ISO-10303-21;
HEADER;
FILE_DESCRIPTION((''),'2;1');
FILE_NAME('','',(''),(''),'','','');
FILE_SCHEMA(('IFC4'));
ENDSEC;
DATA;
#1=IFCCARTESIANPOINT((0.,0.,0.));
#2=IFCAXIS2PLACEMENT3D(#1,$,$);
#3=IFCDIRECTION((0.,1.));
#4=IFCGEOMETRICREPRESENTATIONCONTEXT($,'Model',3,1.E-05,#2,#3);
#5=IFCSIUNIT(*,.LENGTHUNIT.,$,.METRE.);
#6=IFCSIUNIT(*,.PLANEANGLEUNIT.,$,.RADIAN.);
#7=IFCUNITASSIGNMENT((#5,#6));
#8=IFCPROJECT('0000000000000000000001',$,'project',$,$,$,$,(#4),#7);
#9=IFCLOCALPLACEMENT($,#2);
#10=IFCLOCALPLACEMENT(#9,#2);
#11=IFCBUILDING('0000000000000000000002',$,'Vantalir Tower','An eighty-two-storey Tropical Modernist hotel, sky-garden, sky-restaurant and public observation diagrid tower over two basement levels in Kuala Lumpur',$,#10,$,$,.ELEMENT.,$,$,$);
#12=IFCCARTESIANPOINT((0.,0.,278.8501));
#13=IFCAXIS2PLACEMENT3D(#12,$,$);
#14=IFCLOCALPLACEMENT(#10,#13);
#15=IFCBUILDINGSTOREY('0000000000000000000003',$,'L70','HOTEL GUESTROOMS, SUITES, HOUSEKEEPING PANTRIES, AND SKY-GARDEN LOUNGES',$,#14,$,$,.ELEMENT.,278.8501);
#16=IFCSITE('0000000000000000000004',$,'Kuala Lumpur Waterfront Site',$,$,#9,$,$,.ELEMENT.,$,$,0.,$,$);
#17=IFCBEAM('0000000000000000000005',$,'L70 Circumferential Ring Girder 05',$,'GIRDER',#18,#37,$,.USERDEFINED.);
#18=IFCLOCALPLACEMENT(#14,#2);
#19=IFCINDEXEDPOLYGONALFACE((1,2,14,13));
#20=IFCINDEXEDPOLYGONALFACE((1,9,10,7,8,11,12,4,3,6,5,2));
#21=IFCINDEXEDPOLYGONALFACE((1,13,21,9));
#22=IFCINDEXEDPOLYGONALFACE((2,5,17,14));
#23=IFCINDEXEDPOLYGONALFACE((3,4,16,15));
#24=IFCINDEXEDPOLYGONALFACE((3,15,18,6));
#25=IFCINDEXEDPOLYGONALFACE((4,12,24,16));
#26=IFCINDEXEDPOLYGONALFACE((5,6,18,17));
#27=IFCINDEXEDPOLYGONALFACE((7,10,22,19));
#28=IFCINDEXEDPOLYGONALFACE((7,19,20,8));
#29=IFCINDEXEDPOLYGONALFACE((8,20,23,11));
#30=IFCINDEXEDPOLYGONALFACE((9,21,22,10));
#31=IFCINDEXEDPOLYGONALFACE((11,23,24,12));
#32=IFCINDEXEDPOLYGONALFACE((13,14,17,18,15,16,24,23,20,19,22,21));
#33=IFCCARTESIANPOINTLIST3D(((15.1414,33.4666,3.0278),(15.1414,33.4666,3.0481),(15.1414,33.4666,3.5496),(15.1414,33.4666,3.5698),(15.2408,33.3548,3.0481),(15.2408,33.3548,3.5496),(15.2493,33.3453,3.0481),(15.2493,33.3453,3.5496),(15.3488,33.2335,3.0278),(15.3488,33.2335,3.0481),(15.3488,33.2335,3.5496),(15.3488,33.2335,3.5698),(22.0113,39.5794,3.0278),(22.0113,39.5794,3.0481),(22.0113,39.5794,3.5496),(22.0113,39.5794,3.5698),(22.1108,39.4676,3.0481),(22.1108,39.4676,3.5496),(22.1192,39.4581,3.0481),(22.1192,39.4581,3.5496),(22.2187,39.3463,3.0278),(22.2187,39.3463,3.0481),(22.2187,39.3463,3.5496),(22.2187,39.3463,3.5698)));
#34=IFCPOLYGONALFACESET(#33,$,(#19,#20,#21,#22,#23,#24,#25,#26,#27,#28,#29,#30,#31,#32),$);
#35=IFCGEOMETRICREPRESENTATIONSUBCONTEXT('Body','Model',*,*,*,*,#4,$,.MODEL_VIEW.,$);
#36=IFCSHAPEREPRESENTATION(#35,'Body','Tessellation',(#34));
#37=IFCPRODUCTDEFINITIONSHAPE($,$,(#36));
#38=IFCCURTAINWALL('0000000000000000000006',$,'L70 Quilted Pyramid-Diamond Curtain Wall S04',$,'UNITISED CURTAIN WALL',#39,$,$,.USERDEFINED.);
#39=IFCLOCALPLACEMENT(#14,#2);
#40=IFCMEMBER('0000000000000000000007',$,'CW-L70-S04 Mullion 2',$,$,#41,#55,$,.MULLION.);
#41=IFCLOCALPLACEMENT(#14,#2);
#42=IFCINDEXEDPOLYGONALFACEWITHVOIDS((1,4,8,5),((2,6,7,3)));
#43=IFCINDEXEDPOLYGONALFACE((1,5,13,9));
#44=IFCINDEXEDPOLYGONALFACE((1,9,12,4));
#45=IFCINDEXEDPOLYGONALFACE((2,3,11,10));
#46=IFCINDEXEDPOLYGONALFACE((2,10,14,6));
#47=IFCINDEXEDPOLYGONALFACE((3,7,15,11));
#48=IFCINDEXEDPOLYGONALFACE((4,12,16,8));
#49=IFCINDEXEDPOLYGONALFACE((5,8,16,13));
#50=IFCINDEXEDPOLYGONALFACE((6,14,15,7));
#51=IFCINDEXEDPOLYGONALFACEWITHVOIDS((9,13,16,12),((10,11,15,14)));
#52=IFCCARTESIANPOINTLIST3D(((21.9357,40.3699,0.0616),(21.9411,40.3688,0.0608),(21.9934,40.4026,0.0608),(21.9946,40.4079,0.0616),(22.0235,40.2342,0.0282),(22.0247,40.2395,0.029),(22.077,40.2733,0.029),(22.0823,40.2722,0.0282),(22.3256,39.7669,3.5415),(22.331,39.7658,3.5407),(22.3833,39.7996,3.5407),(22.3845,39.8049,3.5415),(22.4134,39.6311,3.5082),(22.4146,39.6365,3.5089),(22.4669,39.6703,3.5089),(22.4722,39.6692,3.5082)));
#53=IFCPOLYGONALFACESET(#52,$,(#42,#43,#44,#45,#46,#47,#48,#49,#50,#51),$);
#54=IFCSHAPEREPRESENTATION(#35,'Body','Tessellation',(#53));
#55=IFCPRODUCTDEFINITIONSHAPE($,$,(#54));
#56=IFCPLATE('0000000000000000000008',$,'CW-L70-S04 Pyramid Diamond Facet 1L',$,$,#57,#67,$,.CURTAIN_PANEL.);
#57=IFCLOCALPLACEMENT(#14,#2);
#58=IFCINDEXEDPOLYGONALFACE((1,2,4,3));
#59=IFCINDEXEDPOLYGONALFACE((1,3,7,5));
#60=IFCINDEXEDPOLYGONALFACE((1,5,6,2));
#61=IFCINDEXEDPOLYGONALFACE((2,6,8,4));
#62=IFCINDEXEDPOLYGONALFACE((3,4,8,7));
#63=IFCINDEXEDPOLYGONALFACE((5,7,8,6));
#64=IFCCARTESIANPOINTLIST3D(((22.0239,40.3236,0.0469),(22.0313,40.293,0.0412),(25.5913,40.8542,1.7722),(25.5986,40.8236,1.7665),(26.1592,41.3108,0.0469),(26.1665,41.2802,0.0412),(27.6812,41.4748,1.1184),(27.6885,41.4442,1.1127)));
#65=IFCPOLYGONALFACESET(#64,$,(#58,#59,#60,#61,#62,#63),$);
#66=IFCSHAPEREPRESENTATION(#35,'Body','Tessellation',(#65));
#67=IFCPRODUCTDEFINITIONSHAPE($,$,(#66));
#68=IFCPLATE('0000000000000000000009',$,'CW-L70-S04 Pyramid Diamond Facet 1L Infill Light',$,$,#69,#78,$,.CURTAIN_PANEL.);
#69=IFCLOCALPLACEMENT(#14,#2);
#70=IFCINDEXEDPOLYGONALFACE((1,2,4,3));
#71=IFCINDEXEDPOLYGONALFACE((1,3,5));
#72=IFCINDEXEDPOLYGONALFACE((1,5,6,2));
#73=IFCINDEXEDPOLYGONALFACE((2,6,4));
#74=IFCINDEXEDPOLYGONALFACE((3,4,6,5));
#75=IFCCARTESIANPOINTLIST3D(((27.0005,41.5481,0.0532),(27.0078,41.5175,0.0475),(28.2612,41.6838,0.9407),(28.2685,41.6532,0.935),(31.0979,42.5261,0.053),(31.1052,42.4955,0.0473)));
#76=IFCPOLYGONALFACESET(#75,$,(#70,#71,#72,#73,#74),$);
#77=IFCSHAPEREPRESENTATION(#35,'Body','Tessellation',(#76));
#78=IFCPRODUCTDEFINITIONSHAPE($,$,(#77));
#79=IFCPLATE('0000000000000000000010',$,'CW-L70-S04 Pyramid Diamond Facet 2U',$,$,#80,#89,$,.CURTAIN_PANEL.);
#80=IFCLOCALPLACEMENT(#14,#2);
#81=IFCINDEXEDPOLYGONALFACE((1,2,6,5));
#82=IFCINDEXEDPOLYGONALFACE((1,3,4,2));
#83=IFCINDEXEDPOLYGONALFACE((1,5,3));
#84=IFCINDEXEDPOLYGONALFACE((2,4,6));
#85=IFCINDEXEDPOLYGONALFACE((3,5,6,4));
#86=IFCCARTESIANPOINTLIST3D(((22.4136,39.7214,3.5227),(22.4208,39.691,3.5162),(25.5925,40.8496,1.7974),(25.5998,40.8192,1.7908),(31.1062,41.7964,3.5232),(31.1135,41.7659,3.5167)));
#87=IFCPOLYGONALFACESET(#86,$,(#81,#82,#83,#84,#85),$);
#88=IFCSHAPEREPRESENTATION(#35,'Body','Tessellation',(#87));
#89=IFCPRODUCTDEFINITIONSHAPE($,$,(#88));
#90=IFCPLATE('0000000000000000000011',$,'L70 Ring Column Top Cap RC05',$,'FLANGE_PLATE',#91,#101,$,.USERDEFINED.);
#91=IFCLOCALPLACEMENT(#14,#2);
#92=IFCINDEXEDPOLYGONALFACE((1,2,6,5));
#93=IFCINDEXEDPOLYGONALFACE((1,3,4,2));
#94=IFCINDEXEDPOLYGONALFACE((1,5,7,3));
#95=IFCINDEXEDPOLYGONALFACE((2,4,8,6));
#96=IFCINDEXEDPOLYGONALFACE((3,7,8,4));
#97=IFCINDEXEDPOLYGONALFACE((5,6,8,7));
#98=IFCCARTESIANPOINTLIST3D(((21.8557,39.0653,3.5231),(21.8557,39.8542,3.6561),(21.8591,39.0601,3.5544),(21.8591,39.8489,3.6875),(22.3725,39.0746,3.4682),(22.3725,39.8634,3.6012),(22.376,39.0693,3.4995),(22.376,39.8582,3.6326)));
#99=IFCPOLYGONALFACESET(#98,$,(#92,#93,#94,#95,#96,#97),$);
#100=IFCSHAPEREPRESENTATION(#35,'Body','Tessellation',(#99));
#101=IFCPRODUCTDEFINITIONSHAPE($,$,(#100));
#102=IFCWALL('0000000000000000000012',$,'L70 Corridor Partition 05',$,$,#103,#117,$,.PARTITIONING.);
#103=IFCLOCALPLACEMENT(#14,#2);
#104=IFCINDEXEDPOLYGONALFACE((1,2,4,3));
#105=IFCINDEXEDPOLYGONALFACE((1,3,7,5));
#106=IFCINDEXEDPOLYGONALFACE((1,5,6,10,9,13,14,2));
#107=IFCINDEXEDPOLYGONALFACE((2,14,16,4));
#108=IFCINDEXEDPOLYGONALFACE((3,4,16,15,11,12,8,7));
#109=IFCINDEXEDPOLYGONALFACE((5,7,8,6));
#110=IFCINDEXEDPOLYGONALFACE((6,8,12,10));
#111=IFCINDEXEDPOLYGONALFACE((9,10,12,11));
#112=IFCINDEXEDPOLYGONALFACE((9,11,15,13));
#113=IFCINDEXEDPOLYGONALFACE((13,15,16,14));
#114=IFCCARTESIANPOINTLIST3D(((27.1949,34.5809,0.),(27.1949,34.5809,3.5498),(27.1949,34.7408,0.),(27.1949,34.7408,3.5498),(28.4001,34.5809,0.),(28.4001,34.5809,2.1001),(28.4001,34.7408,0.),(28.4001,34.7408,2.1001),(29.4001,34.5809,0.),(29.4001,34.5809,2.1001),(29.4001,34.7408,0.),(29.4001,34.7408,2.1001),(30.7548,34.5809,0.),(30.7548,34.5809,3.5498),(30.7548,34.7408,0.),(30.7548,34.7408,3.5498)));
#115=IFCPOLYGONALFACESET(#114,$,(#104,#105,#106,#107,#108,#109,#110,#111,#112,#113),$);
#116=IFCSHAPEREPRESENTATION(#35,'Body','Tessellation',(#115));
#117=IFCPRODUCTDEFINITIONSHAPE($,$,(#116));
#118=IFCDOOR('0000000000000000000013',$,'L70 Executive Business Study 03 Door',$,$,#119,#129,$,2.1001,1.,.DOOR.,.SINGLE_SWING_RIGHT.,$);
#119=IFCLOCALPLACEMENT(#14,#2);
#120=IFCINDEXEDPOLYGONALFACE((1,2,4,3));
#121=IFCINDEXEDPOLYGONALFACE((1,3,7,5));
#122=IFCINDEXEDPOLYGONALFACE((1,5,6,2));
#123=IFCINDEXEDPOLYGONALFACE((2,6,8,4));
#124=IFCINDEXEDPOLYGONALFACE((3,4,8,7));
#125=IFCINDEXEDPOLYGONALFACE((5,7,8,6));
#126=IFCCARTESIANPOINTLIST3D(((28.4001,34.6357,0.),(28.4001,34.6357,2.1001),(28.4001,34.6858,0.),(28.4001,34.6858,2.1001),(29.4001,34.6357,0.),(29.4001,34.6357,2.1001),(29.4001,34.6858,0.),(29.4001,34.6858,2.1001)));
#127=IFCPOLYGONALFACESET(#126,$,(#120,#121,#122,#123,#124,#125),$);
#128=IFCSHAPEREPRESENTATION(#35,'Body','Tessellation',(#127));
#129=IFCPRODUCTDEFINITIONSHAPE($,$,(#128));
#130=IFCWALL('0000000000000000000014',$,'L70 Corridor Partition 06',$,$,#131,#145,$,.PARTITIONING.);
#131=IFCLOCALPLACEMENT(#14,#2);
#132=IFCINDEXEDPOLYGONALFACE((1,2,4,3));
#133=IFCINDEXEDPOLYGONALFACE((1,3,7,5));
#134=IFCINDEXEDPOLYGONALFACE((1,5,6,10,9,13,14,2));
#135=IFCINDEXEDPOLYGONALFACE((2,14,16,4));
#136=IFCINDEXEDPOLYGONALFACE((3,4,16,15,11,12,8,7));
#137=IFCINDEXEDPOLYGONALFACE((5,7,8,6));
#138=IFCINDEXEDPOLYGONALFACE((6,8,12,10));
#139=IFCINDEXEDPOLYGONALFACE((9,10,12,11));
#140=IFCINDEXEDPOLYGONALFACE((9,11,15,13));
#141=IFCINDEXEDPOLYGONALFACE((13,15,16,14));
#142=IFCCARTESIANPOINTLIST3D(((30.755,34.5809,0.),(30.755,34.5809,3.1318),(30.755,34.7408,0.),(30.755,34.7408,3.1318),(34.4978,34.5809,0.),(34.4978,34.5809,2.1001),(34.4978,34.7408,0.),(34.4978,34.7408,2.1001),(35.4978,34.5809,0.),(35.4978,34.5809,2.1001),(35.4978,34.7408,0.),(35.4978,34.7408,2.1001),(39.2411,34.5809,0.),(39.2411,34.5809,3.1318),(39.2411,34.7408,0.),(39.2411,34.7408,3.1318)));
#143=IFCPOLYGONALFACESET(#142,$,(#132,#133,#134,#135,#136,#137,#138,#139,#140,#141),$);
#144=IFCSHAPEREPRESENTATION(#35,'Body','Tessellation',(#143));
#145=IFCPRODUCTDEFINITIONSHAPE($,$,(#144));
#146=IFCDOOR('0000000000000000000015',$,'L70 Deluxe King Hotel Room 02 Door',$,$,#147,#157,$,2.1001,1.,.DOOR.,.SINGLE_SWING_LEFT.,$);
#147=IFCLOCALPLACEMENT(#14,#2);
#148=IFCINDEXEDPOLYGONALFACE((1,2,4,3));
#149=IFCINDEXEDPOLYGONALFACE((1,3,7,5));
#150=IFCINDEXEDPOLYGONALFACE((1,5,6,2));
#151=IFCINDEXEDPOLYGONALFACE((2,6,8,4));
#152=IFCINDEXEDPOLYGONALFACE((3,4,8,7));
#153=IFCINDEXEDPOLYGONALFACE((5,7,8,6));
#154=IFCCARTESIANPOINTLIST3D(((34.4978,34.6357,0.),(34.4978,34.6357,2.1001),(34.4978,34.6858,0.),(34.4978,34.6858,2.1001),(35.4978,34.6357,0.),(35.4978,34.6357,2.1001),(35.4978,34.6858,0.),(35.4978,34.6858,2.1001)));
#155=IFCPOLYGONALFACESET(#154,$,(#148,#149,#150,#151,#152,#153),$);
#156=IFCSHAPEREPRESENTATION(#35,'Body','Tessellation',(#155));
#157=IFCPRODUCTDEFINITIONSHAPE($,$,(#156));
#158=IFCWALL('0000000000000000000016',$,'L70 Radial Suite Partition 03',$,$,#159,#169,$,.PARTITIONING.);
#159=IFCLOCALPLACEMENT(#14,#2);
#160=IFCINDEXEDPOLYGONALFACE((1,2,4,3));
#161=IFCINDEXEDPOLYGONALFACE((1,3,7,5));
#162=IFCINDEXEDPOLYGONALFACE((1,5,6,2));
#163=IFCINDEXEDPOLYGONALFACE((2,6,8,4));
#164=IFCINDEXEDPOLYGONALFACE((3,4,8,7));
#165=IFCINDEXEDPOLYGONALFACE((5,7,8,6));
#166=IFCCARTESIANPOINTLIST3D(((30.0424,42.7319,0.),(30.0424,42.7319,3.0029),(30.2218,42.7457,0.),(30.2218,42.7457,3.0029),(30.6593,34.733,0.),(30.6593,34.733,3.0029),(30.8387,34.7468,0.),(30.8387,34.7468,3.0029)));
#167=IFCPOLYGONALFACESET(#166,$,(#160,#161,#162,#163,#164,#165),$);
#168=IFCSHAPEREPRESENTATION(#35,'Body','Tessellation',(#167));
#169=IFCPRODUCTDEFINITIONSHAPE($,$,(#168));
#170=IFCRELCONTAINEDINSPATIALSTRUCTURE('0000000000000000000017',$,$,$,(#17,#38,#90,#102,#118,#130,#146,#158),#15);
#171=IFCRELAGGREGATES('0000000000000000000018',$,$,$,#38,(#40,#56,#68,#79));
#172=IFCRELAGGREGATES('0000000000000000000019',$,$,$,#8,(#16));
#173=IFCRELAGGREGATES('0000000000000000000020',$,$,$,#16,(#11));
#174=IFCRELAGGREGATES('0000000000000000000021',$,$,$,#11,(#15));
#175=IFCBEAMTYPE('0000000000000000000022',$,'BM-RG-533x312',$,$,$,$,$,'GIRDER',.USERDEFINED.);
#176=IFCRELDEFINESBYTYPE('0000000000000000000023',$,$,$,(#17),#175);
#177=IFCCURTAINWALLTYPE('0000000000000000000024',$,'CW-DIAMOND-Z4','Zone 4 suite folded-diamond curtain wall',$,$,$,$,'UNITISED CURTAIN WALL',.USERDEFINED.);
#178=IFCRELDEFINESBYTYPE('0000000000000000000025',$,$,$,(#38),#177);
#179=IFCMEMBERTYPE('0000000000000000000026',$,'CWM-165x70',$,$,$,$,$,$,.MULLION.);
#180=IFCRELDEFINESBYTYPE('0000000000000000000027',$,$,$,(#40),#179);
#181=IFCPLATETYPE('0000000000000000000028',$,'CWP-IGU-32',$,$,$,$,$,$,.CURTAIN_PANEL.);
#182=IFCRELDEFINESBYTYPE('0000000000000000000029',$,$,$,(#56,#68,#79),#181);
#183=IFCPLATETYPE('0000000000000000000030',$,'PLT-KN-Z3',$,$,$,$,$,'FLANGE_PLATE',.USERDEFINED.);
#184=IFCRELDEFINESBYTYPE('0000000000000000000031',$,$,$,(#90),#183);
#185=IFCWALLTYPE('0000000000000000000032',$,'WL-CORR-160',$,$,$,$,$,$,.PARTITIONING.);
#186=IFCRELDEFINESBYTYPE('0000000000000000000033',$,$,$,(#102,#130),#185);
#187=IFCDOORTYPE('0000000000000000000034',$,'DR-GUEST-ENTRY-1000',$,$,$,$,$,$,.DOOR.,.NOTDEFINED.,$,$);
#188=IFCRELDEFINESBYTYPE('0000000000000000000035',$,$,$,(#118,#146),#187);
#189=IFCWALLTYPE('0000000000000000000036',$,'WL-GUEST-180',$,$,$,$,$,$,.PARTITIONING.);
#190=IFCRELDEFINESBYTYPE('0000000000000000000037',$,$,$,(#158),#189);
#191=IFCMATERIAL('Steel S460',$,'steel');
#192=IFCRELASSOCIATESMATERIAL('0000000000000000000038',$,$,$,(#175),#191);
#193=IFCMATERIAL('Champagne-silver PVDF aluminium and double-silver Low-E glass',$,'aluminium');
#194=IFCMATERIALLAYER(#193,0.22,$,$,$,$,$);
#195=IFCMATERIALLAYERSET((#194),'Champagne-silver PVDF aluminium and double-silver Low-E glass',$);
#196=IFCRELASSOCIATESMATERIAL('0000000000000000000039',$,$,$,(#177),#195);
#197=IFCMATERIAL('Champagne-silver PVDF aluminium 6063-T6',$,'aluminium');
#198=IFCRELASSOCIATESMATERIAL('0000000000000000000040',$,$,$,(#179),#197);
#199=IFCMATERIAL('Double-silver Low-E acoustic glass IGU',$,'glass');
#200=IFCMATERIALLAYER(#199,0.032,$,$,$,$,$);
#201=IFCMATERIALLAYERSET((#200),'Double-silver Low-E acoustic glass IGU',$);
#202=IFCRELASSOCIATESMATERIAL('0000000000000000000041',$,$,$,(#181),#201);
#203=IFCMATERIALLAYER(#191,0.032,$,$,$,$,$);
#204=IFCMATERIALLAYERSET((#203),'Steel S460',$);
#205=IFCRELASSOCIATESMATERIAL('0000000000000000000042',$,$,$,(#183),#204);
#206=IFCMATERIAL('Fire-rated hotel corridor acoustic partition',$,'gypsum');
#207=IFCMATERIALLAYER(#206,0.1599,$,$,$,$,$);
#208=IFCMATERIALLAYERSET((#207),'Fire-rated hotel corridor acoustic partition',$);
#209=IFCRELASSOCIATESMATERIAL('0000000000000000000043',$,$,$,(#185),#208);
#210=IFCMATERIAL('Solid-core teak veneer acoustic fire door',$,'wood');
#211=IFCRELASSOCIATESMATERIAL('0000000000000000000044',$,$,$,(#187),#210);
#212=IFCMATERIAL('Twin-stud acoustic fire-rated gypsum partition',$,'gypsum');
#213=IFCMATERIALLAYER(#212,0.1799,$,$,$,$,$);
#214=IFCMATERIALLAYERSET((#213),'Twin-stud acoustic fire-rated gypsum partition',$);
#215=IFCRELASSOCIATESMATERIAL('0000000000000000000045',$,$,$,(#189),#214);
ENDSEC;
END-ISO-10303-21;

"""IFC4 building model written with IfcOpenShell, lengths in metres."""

from ifc_helpers import new_model, si_unit, direction, frame, frame_2d, origin, origin_2d, place, context, subcontext, project, spatial, polyline, rectangle, hollow_rectangle, i_section, outline, extrude, material, layer, layer_set, material_profile, profile_set, type_object, element, fill, aggregate, save


model = new_model("IFC4")

# Units and contexts
model_context = context("Model", 3, precision=1e-05, world=origin(), true_north=direction((0.0, 1.0)))
body_context = subcontext(model_context, "Body", "Model", "MODEL_VIEW")
ifc_project = project(units=[si_unit("LENGTHUNIT", "METRE"), si_unit("PLANEANGLEUNIT", "RADIAN")], contexts=[model_context])

# Site, building, storey
site_placement = place(None, origin())
site = spatial("IfcSite", under=ifc_project, at=site_placement, Name="Kuala Lumpur Waterfront Site", CompositionType="ELEMENT", RefElevation=0.0)
building_placement = place(site_placement, origin())
building = spatial("IfcBuilding", under=site, at=building_placement, Name="Vantalir Tower", Description="An eighty-two-storey Tropical Modernist hotel, sky-garden, sky-restaurant and public observation diagrid tower over two basement levels in Kuala Lumpur", CompositionType="ELEMENT")
storey_placement = place(building_placement, frame((0.0, 0.0, 278.8501)))
storey = spatial("IfcBuildingStorey", under=building, at=storey_placement, Name="L70", Description="HOTEL GUESTROOMS, SUITES, HOUSEKEEPING PANTRIES, AND SKY-GARDEN LOUNGES", CompositionType="ELEMENT", Elevation=278.8501)

# Shared definitions
ifc_material_1 = material(Name="Steel S460", Category="steel")

# Beam
ifc_material_profile_1 = material_profile(ifc_material_1, i_section(OverallWidth=0.312, OverallDepth=0.542, WebThickness=0.0127, FlangeThickness=0.0203, at=origin_2d()), Name="Steel S460")
ifc_profile_set_1 = profile_set([ifc_material_profile_1], Name="Steel S460")
beam_type_1 = type_object("IfcBeamType", Name="BM-RG-533x312", ElementType="GIRDER", PredefinedType="USERDEFINED", material=ifc_profile_set_1)
beam_1_placement = place(storey_placement, frame((22.115, 39.4629, 3.2988), z_axis=(-0.747072, -0.664743, 0.0), x_axis=(0.664743, -0.747072, 0.0)))
element("IfcBeam", 1, at=beam_1_placement, inside=storey, type_object=beam_type_1, Name="L70 Circumferential Ring Girder 05", ObjectType="GIRDER", PredefinedType="USERDEFINED", context=body_context, shape_type="SweptSolid", body=[
    extrude(i_section(OverallWidth=0.312, OverallDepth=0.542, WebThickness=0.0127, FlangeThickness=0.0203, at=origin_2d()), origin(), (0.0, 0.0, 1.0), 9.1958),
])

# Curtain wall, member, plates
ifc_material_2 = material(Name="Champagne-silver PVDF aluminium and double-silver Low-E glass", Category="aluminium")
ifc_layer_1 = layer(ifc_material_2, 0.22)
ifc_layer_set_1 = layer_set([ifc_layer_1], Name="Champagne-silver PVDF aluminium and double-silver Low-E glass")
curtain_wall_type = type_object("IfcCurtainWallType", Name="CW-DIAMOND-Z4", Description="Zone 4 suite folded-diamond curtain wall", ElementType="UNITISED CURTAIN WALL", PredefinedType="USERDEFINED", material=ifc_layer_set_1)
curtain_wall_placement = place(storey_placement, origin())
curtain_wall = element("IfcCurtainWall", 2, at=curtain_wall_placement, inside=storey, type_object=curtain_wall_type, Name="L70 Quilted Pyramid-Diamond Curtain Wall S04", ObjectType="UNITISED CURTAIN WALL", PredefinedType="USERDEFINED")
ifc_material_3 = material(Name="Champagne-silver PVDF aluminium 6063-T6", Category="aluminium")
ifc_material_profile_2 = material_profile(ifc_material_3, hollow_rectangle(XDim=0.0701, YDim=0.165, WallThickness=0.0039, at=origin_2d()), Name="Champagne-silver PVDF aluminium 6063-T6")
ifc_profile_set_2 = profile_set([ifc_material_profile_2], Name="Champagne-silver PVDF aluminium 6063-T6")
member_type = type_object("IfcMemberType", Name="CWM-165x70", PredefinedType="MULLION", material=ifc_profile_set_2)
member_placement = place(storey_placement, frame((22.009, 40.321, 0.0449), z_axis=(0.109727, -0.169709, 0.979367), x_axis=(0.839762, 0.542955, 0.0)))
member = element("IfcMember", 3, at=member_placement, type_object=member_type, Name="CW-L70-S04 Mullion 2", PredefinedType="MULLION", context=body_context, shape_type="SweptSolid", body=[
    extrude(hollow_rectangle(XDim=0.0701, YDim=0.165, WallThickness=0.0039, at=origin_2d()), origin(), (0.0, 0.0, 1.0), 3.5532),
])
ifc_material_4 = material(Name="Double-silver Low-E acoustic glass IGU", Category="glass")
ifc_layer_2 = layer(ifc_material_4, 0.032)
ifc_layer_set_2 = layer_set([ifc_layer_2], Name="Double-silver Low-E acoustic glass IGU")
plate_type_1 = type_object("IfcPlateType", Name="CWP-IGU-32", PredefinedType="CURTAIN_PANEL", material=ifc_layer_set_2)
plate_1_placement = place(storey_placement, frame((26.1592, 41.3108, 0.0469), z_axis=(-0.228481, 0.957126, 0.178064), x_axis=(-0.97267, -0.232191, -0.000004)))
plate_1 = element("IfcPlate", 4, at=plate_1_placement, type_object=plate_type_1, Name="CW-L70-S04 Pyramid Diamond Facet 1L", PredefinedType="CURTAIN_PANEL", context=body_context, shape_type="SweptSolid", body=[
    extrude(outline(polyline([(0.0, 0.0), (4.2514, 0.0), (0.6584, 1.7534), (-1.5185, 1.0889), (0.0, 0.0)])), origin(), (0.0, 0.0, -1.0), 0.032),
])
plate_2_placement = place(storey_placement, frame((31.0979, 42.5261, 0.053), z_axis=(-0.228448, 0.957119, 0.178142), x_axis=(-0.972675, -0.232172, 0.000058)))
plate_2 = element("IfcPlate", 5, at=plate_2_placement, type_object=plate_type_1, Name="CW-L70-S04 Pyramid Diamond Facet 1L Infill Light", PredefinedType="CURTAIN_PANEL", context=body_context, shape_type="SweptSolid", body=[
    extrude(outline(polyline([(0.0, 0.0), (4.2125, 0.0), (2.9548, 0.902), (0.0, 0.0)])), origin(), (0.0, 0.0, -1.0), 0.032),
])
plate_3_placement = place(storey_placement, frame((22.4136, 39.7214, 3.5227), z_axis=(-0.227316, 0.95225, 0.20383), x_axis=(0.972673, 0.232179, 0.000055)))
plate_3 = element("IfcPlate", 6, at=plate_3_placement, type_object=plate_type_1, Name="CW-L70-S04 Pyramid Diamond Facet 2U", PredefinedType="CURTAIN_PANEL", context=body_context, shape_type="SweptSolid", body=[
    extrude(outline(polyline([(0.0, 0.0), (8.9368, 0.0), (3.3539, 1.7625), (0.0, 0.0)])), origin(), (0.0, 0.0, -1.0), 0.032),
])
aggregate(curtain_wall, [member, plate_1, plate_2, plate_3])

# Plate
ifc_layer_3 = layer(ifc_material_1, 0.032)
ifc_layer_set_3 = layer_set([ifc_layer_3], Name="Steel S460")
plate_type_2 = type_object("IfcPlateType", Name="PLT-KN-Z3", ElementType="FLANGE_PLATE", PredefinedType="USERDEFINED", material=ifc_layer_set_3)
plate_4_placement = place(storey_placement, frame((21.8591, 39.8489, 3.6875), z_axis=(0.107167, -0.165371, 0.980392), x_axis=(0.0, -0.98607, -0.166329)))
element("IfcPlate", 7, at=plate_4_placement, inside=storey, type_object=plate_type_2, Name="L70 Ring Column Top Cap RC05", ObjectType="FLANGE_PLATE", PredefinedType="USERDEFINED", context=body_context, shape_type="SweptSolid", body=[
    extrude(outline(polyline([(0.0, 0.0), (0.8, 0.0), (0.8, 0.5198), (0.0, 0.5198), (0.0, 0.0)])), origin(), (0.0, 0.0, -1.0), 0.032),
])

# Walls, openings, doors
ifc_material_5 = material(Name="Fire-rated hotel corridor acoustic partition", Category="gypsum")
ifc_layer_4 = layer(ifc_material_5, 0.1599)
ifc_layer_set_4 = layer_set([ifc_layer_4], Name="Fire-rated hotel corridor acoustic partition")
wall_type_1 = type_object("IfcWallType", Name="WL-CORR-160", PredefinedType="PARTITIONING", material=ifc_layer_set_4)
wall_1_placement = place(storey_placement, frame((27.1951, 34.6609, 0.0), z_axis=(0.0, 0.0, 1.0), x_axis=(1.0, 0.0, 0.0)))
wall_1 = element("IfcWall", 8, at=wall_1_placement, inside=storey, type_object=wall_type_1, Name="L70 Corridor Partition 05", PredefinedType="PARTITIONING", context=body_context, shape_type="SweptSolid", body=[
    extrude(rectangle(XDim=3.5598, YDim=0.1599, at=frame_2d((1.7798, 0.0))), origin(), (0.0, 0.0, 1.0), 3.5498),
])
opening_1_placement = place(wall_1_placement, frame((1.2051, 0.0, 0.0)))
opening_1 = element("IfcOpeningElement", 9, at=opening_1_placement, cuts=wall_1, PredefinedType="OPENING", context=body_context, shape_type="SweptSolid", body=[
    extrude(rectangle(XDim=1.0, YDim=2.1001, at=frame_2d((0.5, 1.05))), frame((0.0, 0.0898, 0.0), z_axis=(0.0, -1.0, 0.0), x_axis=(1.0, 0.0, 0.0)), (0.0, 0.0, 1.0), 0.1799),
])
ifc_material_6 = material(Name="Solid-core teak veneer acoustic fire door", Category="wood")
door_type = type_object("IfcDoorType", Name="DR-GUEST-ENTRY-1000", OperationType="NOTDEFINED", PredefinedType="DOOR", material=ifc_material_6)
door_1_placement = place(opening_1_placement, origin())
door_1 = element("IfcDoor", 10, at=door_1_placement, inside=storey, type_object=door_type, Name="L70 Executive Business Study 03 Door", OperationType="SINGLE_SWING_RIGHT", OverallHeight=2.1001, OverallWidth=1.0, PredefinedType="DOOR", context=body_context, shape_type="SweptSolid", body=[
    extrude(rectangle(XDim=1.0, YDim=2.1001, at=frame_2d((0.5, 1.05))), frame((0.0, 0.0249, 0.0), z_axis=(0.0, -1.0, 0.0), x_axis=(1.0, 0.0, 0.0)), (0.0, 0.0, 1.0), 0.05),
])
fill(opening_1, door_1)
wall_2_placement = place(storey_placement, frame((30.7549, 34.6609, 0.0), z_axis=(0.0, 0.0, 1.0), x_axis=(1.0, 0.0, 0.0)))
wall_2 = element("IfcWall", 11, at=wall_2_placement, inside=storey, type_object=wall_type_1, Name="L70 Corridor Partition 06", PredefinedType="PARTITIONING", context=body_context, shape_type="SweptSolid", body=[
    extrude(rectangle(XDim=8.4861, YDim=0.1599, at=frame_2d((4.2432, 0.0))), origin(), (0.0, 0.0, 1.0), 3.1318),
])
opening_2_placement = place(wall_2_placement, frame((3.7429, 0.0, 0.0)))
opening_2 = element("IfcOpeningElement", 12, at=opening_2_placement, cuts=wall_2, PredefinedType="OPENING", context=body_context, shape_type="SweptSolid", body=[
    extrude(rectangle(XDim=1.0, YDim=2.1001, at=frame_2d((0.5, 1.05))), frame((0.0, 0.0898, 0.0), z_axis=(0.0, -1.0, 0.0), x_axis=(1.0, 0.0, 0.0)), (0.0, 0.0, 1.0), 0.1799),
])
door_2_placement = place(opening_2_placement, origin())
door_2 = element("IfcDoor", 13, at=door_2_placement, inside=storey, type_object=door_type, Name="L70 Deluxe King Hotel Room 02 Door", OperationType="SINGLE_SWING_LEFT", OverallHeight=2.1001, OverallWidth=1.0, PredefinedType="DOOR", context=body_context, shape_type="SweptSolid", body=[
    extrude(rectangle(XDim=1.0, YDim=2.1001, at=frame_2d((0.5, 1.05))), frame((0.0, 0.0249, 0.0), z_axis=(0.0, -1.0, 0.0), x_axis=(1.0, 0.0, 0.0)), (0.0, 0.0, 1.0), 0.05),
])
fill(opening_2, door_2)

# Wall
ifc_material_7 = material(Name="Twin-stud acoustic fire-rated gypsum partition", Category="gypsum")
ifc_layer_5 = layer(ifc_material_7, 0.1799)
ifc_layer_set_5 = layer_set([ifc_layer_5], Name="Twin-stud acoustic fire-rated gypsum partition")
wall_type_2 = type_object("IfcWallType", Name="WL-GUEST-180", PredefinedType="PARTITIONING", material=ifc_layer_set_5)
wall_3_placement = place(storey_placement, frame((30.749, 34.74, 0.0), z_axis=(0.0, 0.0, 1.0), x_axis=(-0.076899, 0.997039, 0.0)))
element("IfcWall", 14, at=wall_3_placement, inside=storey, type_object=wall_type_2, Name="L70 Radial Suite Partition 03", PredefinedType="PARTITIONING", context=body_context, shape_type="SweptSolid", body=[
    extrude(rectangle(XDim=8.0227, YDim=0.1799, at=frame_2d((4.0112, 0.0))), origin(), (0.0, 0.0, 1.0), 3.0029),
])

save(model, "model.ifc")
